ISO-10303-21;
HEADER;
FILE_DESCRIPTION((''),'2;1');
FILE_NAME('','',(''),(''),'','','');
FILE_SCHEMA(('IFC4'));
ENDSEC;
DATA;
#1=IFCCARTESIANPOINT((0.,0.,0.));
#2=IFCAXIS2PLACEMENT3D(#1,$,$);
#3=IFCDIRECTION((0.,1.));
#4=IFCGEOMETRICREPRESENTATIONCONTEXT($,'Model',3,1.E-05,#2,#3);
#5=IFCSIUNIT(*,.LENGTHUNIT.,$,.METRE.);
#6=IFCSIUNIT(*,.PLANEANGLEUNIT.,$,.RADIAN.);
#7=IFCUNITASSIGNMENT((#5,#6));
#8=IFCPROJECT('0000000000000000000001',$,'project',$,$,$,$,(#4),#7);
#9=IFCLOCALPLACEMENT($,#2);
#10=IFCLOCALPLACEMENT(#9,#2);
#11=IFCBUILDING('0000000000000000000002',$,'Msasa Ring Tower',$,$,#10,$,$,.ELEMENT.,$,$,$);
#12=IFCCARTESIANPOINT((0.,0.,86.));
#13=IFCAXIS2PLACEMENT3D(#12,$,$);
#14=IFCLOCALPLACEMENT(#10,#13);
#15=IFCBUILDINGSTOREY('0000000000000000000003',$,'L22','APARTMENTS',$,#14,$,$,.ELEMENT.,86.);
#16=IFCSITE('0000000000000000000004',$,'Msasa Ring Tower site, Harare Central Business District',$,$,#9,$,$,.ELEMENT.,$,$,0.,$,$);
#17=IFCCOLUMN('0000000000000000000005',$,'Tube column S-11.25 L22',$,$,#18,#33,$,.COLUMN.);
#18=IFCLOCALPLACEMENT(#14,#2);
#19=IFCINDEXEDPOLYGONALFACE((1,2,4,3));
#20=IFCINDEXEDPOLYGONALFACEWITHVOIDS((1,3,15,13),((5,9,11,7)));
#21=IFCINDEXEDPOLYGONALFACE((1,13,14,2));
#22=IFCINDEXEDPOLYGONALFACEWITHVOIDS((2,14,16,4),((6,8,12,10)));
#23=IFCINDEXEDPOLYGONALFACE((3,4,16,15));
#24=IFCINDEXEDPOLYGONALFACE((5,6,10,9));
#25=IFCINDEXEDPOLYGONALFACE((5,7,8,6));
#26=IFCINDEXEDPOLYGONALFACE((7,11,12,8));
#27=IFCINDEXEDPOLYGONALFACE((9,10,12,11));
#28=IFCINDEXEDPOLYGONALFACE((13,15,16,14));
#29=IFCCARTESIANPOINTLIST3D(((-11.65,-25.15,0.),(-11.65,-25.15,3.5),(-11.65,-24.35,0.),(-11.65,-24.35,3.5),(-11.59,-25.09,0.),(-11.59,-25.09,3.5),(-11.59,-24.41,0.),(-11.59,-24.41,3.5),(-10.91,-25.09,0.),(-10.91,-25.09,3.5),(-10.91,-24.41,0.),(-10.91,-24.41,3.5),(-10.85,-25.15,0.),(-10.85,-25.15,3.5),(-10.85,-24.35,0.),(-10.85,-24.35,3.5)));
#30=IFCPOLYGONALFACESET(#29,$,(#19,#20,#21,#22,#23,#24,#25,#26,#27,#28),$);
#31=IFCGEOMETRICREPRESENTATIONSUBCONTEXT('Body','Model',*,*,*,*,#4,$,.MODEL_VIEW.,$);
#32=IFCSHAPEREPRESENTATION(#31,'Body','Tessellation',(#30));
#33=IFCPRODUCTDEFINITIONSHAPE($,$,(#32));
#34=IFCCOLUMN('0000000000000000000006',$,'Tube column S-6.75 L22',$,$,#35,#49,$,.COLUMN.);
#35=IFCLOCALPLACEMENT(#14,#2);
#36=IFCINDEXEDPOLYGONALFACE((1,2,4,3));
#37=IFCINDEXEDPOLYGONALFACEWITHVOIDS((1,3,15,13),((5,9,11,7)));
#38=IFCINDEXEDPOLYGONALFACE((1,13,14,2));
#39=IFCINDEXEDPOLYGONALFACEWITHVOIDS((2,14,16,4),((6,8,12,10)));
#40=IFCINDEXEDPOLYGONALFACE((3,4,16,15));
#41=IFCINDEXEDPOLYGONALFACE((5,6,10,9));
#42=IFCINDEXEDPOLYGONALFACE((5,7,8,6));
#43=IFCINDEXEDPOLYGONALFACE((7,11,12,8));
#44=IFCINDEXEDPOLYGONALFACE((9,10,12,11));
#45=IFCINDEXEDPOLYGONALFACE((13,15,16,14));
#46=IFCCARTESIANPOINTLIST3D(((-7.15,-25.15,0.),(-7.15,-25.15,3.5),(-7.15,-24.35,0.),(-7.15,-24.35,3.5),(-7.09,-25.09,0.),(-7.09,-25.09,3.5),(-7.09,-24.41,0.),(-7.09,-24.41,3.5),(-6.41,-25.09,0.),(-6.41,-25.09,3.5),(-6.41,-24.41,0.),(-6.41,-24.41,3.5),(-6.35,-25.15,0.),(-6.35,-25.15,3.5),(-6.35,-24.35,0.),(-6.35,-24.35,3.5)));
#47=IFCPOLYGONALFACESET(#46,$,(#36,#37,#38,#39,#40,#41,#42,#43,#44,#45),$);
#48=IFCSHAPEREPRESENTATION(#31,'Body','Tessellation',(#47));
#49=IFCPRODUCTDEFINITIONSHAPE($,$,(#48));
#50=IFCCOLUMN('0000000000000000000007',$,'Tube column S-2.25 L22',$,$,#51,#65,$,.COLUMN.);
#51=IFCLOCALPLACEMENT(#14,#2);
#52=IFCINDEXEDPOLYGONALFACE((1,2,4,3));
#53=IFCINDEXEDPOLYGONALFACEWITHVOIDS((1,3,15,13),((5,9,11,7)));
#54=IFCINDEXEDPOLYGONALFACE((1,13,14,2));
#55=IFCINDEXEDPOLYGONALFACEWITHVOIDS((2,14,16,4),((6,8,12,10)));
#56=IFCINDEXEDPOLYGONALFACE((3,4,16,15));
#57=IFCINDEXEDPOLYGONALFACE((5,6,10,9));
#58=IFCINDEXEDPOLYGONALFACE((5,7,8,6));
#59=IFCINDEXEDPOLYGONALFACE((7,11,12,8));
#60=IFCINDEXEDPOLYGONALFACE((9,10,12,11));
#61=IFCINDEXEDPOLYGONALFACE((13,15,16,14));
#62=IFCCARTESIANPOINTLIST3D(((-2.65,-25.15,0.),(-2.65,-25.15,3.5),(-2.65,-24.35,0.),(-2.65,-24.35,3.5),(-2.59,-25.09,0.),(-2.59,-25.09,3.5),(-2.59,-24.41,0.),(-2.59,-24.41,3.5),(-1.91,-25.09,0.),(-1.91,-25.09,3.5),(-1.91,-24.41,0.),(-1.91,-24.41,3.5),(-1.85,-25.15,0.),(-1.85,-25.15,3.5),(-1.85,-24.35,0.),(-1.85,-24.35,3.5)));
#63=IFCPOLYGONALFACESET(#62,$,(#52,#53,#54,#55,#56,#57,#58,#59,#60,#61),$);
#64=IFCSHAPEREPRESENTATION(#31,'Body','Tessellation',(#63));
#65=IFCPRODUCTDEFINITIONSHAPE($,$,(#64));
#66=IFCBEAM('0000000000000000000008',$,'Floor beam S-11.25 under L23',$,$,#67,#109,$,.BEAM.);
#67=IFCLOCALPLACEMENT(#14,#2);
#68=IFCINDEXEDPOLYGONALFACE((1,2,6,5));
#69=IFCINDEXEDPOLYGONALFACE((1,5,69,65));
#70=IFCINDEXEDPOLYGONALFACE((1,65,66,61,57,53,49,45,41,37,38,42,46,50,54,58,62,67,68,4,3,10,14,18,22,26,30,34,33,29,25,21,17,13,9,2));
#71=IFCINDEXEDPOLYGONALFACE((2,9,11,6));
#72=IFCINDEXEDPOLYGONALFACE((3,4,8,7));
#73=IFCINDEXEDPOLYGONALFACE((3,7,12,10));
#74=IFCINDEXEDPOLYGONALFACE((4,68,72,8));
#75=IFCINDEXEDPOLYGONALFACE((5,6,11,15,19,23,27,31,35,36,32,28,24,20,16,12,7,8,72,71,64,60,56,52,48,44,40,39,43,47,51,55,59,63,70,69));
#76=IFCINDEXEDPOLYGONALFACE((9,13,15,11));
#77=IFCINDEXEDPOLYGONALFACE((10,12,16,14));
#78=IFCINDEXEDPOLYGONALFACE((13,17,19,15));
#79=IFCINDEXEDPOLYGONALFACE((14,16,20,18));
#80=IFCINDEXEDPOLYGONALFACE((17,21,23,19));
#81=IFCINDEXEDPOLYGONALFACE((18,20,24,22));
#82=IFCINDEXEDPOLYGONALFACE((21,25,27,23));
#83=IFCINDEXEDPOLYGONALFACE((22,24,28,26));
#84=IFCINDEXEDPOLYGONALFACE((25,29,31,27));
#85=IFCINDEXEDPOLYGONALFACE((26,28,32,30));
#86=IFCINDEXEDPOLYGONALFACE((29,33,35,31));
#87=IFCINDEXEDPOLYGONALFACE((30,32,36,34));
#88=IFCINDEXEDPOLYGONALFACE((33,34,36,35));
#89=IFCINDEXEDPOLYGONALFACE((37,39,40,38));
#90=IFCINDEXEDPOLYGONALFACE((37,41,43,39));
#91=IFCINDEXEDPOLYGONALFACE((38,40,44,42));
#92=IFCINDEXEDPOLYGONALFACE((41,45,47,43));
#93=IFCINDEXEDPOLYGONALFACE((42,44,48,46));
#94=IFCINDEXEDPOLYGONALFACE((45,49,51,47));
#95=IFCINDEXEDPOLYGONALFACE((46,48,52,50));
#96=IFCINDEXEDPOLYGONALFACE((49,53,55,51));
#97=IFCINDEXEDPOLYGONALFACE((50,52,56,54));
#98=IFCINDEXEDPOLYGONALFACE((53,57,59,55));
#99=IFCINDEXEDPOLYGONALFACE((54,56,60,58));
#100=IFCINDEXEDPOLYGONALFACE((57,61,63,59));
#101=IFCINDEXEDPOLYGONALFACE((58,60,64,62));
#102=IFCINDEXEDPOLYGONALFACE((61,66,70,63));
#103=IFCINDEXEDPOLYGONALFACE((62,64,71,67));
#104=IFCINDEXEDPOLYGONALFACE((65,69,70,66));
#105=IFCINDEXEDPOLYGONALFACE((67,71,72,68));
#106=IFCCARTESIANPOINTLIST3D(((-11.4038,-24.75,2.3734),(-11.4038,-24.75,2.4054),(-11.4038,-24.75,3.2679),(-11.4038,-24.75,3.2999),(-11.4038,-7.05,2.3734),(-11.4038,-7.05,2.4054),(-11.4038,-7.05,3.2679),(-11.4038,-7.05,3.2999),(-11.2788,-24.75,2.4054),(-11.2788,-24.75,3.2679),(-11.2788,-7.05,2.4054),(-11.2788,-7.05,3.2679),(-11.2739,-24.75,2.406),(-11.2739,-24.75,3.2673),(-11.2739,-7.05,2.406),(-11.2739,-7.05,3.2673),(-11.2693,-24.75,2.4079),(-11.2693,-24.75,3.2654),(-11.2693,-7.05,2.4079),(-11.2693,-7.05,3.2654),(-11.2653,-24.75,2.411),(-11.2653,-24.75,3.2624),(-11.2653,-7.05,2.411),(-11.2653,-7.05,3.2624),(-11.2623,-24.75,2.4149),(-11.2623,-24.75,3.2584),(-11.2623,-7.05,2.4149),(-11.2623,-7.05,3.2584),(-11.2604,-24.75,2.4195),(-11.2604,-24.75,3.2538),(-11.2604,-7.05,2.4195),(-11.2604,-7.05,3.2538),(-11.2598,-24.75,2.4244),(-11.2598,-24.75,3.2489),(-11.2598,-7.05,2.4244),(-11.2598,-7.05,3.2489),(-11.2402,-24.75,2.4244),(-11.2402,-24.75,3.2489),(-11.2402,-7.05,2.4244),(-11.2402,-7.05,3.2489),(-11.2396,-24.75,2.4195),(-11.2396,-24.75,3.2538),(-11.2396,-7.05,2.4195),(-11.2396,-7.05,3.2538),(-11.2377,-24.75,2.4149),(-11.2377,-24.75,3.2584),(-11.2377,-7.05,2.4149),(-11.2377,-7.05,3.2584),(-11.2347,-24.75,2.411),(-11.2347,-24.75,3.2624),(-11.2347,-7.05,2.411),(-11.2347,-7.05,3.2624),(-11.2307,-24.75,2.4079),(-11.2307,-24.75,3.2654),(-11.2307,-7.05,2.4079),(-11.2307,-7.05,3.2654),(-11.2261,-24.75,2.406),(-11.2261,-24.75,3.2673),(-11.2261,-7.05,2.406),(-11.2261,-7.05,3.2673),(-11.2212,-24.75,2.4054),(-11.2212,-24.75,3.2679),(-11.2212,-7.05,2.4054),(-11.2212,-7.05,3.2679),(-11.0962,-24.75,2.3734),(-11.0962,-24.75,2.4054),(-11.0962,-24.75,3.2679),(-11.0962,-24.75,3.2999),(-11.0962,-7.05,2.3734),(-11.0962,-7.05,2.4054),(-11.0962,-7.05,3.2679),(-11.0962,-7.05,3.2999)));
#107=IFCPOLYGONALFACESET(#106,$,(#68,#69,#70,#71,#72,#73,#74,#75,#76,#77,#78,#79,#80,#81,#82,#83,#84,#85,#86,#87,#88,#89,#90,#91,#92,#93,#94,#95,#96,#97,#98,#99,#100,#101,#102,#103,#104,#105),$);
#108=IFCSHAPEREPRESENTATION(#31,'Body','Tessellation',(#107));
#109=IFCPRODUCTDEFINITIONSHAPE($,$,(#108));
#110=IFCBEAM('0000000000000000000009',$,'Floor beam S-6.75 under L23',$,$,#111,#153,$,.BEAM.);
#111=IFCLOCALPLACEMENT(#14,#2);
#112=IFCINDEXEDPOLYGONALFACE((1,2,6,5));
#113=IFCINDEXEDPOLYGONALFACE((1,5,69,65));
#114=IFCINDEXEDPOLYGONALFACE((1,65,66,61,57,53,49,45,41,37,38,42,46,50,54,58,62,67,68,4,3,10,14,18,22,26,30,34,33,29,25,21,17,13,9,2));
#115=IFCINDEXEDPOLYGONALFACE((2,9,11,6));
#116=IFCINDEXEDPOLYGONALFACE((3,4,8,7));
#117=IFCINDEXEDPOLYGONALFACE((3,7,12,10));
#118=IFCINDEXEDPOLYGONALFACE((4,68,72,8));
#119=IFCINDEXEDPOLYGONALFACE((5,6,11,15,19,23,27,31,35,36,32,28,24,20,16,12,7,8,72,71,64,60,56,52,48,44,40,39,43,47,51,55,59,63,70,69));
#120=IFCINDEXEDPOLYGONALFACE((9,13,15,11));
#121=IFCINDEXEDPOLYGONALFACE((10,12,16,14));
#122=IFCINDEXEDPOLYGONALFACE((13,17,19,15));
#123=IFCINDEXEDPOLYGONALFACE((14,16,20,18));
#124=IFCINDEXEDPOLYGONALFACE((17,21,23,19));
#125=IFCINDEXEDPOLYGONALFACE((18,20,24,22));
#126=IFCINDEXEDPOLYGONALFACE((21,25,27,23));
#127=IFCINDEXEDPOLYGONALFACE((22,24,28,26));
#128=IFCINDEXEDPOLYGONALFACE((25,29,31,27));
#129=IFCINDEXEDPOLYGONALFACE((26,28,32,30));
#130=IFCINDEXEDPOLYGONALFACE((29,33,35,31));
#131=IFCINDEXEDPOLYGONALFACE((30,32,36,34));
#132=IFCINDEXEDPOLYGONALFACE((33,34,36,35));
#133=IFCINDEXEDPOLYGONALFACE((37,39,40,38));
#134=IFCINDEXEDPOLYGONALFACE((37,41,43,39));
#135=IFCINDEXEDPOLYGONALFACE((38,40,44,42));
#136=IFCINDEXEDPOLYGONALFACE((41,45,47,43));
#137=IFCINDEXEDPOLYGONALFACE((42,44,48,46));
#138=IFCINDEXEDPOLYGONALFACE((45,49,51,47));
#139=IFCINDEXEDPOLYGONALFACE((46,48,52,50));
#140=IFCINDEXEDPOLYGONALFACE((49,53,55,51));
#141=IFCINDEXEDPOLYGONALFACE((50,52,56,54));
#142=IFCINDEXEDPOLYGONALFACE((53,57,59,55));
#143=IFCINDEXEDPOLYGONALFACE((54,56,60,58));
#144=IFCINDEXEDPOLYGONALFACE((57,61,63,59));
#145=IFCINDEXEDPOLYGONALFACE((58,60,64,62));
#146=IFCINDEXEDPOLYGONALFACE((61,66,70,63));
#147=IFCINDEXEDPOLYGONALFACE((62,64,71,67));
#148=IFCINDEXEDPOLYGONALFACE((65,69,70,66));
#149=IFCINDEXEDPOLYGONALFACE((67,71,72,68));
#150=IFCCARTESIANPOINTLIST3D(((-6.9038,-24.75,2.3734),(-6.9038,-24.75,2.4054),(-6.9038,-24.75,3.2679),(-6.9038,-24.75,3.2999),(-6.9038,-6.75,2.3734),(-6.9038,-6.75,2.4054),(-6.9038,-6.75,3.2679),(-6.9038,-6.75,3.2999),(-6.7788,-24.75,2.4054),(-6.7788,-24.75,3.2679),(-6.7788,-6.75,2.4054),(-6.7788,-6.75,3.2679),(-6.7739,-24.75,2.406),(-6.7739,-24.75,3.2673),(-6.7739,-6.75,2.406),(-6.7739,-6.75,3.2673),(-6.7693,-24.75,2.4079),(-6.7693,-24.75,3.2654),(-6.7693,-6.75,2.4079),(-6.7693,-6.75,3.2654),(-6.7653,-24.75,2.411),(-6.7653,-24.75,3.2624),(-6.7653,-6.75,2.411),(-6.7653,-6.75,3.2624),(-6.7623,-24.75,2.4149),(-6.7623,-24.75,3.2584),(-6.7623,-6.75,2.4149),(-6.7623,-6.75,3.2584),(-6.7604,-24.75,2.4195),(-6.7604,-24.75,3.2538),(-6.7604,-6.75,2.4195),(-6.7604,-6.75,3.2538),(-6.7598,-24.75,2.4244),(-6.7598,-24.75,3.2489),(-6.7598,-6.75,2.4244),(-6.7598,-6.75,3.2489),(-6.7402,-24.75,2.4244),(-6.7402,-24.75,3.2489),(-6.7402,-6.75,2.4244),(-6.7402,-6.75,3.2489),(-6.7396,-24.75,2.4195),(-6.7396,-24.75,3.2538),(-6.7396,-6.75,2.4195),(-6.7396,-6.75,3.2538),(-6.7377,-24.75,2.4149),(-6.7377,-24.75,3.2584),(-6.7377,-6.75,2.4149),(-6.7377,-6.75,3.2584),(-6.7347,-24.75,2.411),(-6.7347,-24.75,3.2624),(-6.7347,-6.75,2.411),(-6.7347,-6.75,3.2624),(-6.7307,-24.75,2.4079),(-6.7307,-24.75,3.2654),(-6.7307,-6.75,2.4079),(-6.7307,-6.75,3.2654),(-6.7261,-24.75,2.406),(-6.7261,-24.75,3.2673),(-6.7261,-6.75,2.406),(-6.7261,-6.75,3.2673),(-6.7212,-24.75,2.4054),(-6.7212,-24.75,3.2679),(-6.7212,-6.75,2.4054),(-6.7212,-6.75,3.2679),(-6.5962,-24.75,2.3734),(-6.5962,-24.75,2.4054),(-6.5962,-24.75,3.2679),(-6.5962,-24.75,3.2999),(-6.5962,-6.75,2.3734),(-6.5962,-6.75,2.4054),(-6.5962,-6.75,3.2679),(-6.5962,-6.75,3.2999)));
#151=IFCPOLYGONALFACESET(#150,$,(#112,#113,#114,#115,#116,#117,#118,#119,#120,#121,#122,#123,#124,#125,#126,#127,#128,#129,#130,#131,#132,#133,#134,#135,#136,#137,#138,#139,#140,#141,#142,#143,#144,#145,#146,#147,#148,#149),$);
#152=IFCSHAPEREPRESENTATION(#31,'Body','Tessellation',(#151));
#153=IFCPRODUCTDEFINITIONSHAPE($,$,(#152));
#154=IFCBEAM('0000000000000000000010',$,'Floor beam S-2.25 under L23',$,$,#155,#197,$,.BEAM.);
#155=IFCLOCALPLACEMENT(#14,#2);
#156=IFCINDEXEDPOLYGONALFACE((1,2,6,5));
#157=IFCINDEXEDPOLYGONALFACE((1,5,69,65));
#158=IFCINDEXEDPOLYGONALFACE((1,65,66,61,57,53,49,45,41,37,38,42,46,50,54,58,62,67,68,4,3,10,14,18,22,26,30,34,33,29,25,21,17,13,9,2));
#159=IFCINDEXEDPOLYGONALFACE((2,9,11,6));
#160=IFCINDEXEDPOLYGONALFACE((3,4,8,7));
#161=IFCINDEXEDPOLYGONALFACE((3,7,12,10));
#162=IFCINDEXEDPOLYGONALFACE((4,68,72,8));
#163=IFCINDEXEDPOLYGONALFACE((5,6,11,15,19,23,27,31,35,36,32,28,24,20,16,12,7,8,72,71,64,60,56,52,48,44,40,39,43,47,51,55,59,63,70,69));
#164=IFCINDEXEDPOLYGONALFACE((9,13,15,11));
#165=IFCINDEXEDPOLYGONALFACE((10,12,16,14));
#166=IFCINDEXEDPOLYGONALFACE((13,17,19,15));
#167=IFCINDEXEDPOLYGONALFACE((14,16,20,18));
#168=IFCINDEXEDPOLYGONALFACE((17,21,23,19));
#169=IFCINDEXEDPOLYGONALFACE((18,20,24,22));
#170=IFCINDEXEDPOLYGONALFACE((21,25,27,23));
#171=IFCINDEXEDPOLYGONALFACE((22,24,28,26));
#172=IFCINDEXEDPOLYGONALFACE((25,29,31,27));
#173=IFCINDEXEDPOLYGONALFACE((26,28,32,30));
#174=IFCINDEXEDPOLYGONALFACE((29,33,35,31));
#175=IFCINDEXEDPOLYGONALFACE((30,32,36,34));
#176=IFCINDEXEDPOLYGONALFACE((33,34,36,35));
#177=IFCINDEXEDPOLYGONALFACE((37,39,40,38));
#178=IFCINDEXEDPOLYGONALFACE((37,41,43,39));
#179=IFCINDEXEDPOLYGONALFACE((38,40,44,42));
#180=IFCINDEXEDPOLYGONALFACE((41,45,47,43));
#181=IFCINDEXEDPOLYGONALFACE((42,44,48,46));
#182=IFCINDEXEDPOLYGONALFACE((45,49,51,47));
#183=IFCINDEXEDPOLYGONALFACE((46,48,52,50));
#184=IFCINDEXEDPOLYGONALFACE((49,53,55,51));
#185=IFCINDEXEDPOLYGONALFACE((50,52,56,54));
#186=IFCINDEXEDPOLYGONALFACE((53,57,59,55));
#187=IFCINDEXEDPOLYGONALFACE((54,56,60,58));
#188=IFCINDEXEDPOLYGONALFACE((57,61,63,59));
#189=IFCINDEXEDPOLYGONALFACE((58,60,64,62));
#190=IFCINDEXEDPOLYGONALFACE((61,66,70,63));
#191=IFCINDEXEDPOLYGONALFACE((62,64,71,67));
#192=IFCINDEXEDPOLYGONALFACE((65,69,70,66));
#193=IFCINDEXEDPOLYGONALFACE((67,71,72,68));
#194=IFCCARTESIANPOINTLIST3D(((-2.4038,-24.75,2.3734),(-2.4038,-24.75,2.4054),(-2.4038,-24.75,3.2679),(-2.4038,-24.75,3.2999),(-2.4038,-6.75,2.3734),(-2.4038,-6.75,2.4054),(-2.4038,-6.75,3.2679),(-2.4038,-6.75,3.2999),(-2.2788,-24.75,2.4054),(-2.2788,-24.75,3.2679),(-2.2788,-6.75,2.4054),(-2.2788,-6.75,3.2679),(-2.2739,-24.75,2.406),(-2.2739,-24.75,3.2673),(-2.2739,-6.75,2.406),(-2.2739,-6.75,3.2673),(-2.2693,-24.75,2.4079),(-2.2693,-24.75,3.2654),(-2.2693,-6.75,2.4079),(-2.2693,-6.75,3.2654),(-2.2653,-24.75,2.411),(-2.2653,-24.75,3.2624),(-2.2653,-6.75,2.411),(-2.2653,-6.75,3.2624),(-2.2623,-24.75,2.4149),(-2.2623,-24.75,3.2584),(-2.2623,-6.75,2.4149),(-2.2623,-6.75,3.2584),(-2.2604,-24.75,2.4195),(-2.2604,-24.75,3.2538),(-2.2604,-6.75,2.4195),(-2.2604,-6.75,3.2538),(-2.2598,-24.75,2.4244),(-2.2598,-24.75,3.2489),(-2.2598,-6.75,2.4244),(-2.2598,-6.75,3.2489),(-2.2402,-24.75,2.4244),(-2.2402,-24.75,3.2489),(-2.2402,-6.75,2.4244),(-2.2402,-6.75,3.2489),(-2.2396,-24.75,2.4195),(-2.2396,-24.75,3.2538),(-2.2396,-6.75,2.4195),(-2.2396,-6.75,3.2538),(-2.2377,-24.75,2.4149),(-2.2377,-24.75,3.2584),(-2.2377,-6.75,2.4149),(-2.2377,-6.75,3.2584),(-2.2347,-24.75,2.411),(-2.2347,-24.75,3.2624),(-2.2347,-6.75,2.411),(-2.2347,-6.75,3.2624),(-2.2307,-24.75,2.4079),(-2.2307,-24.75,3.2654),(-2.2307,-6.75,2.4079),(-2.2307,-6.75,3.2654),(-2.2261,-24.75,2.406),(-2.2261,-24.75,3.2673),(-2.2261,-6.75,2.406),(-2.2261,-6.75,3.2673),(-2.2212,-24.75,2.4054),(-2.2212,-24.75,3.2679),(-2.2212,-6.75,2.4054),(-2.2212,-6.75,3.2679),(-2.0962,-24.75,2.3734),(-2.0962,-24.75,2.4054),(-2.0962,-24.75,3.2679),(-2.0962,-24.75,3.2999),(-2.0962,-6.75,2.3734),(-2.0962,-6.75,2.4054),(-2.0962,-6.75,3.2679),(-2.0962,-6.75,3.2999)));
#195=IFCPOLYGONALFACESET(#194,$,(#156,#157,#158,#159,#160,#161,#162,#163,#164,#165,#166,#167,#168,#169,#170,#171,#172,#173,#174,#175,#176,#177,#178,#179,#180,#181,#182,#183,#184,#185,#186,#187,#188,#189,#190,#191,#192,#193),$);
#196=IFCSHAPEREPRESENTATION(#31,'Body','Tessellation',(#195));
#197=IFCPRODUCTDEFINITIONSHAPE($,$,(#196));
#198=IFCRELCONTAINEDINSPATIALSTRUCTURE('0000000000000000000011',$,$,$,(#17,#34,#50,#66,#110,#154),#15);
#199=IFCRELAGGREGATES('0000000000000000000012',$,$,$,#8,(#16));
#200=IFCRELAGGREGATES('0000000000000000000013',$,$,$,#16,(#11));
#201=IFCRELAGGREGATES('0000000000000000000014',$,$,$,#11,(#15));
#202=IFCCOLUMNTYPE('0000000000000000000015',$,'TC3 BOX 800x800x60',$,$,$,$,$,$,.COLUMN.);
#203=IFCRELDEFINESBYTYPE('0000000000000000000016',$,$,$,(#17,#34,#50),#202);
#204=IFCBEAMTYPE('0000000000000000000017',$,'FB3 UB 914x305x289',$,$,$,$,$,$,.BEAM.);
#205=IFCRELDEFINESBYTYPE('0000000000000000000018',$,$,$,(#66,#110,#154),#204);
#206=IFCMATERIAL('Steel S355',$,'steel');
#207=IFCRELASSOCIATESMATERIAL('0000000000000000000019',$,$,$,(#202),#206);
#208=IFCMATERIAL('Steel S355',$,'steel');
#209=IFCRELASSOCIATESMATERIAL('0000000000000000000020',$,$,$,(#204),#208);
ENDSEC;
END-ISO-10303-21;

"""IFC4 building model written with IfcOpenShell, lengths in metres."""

from ifc_helpers import new_model, si_unit, direction, frame, origin, origin_2d, place, context, subcontext, project, spatial, hollow_rectangle, i_section, extrude, material, material_profile, profile_set, type_object, element, save


model = new_model("IFC4")

# Units and contexts
model_context = context("Model", 3, precision=1e-05, world=origin(), true_north=direction((0.0, 1.0)))
body_context = subcontext(model_context, "Body", "Model", "MODEL_VIEW")
ifc_project = project(units=[si_unit("LENGTHUNIT", "METRE"), si_unit("PLANEANGLEUNIT", "RADIAN")], contexts=[model_context])

# Site, building, storey
site_placement = place(None, origin())
site = spatial("IfcSite", under=ifc_project, at=site_placement, Name="Msasa Ring Tower site, Harare Central Business District", CompositionType="ELEMENT", RefElevation=0.0)
building_placement = place(site_placement, origin())
building = spatial("IfcBuilding", under=site, at=building_placement, Name="Msasa Ring Tower", CompositionType="ELEMENT")
storey_placement = place(building_placement, frame((0.0, 0.0, 86.0)))
storey = spatial("IfcBuildingStorey", under=building, at=storey_placement, Name="L22", Description="APARTMENTS", CompositionType="ELEMENT", Elevation=86.0)

# Columns
ifc_material_1 = material(Name="Steel S355", Category="steel")
ifc_material_profile_1 = material_profile(ifc_material_1, hollow_rectangle(XDim=0.8, YDim=0.8, WallThickness=0.0601, at=origin_2d()), Name="BOX 800x800x60")
ifc_profile_set_1 = profile_set([ifc_material_profile_1], Name="Steel S355")
column_type = type_object("IfcColumnType", Name="TC3 BOX 800x800x60", PredefinedType="COLUMN", material=ifc_profile_set_1)
for number, where, z_axis, x_axis, name in (
    (1, (-11.25, -24.75, 0.0), (0.0, 0.0, 1.0), (0.0, 1.0, 0.0), "Tube column S-11.25 L22"),
    (2, (-6.75, -24.75, 0.0), (0.0, 0.0, 1.0), (0.0, 1.0, 0.0), "Tube column S-6.75 L22"),
    (3, (-2.25, -24.75, 0.0), (0.0, 0.0, 1.0), (0.0, 1.0, 0.0), "Tube column S-2.25 L22"),
):
    element("IfcColumn", number, at=place(storey_placement, frame(where, z_axis=z_axis, x_axis=x_axis)), inside=storey, type_object=column_type, Name=name, PredefinedType="COLUMN", context=body_context, shape_type="SweptSolid", body=[
        extrude(hollow_rectangle(XDim=0.8, YDim=0.8, WallThickness=0.0601, at=origin_2d()), origin(), (0.0, 0.0, 1.0), 3.5),
    ])

# Beams
ifc_material_2 = material(Name="Steel S355", Category="steel")
ifc_material_profile_2 = material_profile(ifc_material_2, i_section(OverallWidth=0.3076, OverallDepth=0.9265, WebThickness=0.0195, FlangeThickness=0.032, FilletRadius=0.019, at=origin_2d()), Name="UB 914x305x289")
ifc_profile_set_2 = profile_set([ifc_material_profile_2], Name="Steel S355")
beam_type_1 = type_object("IfcBeamType", Name="FB3 UB 914x305x289", PredefinedType="BEAM", material=ifc_profile_set_2)
beam_placement = place(storey_placement, frame((-11.25, -24.75, 2.8367), z_axis=(0.0, 1.0, 0.0), x_axis=(-1.0, 0.0, 0.0)))
element("IfcBeam", 4, at=beam_placement, inside=storey, type_object=beam_type_1, Name="Floor beam S-11.25 under L23", PredefinedType="BEAM", context=body_context, shape_type="SweptSolid", body=[
    extrude(i_section(OverallWidth=0.3076, OverallDepth=0.9265, WebThickness=0.0195, FlangeThickness=0.032, FilletRadius=0.019, at=origin_2d()), origin(), (0.0, 0.0, 1.0), 17.7),
])
for number, where, z_axis, x_axis, name in (
    (5, (-6.75, -24.75, 2.8367), (0.0, 1.0, 0.0), (-1.0, 0.0, 0.0), "Floor beam S-6.75 under L23"),
    (6, (-2.25, -24.75, 2.8367), (0.0, 1.0, 0.0), (-1.0, 0.0, 0.0), "Floor beam S-2.25 under L23"),
):
    element("IfcBeam", number, at=place(storey_placement, frame(where, z_axis=z_axis, x_axis=x_axis)), inside=storey, type_object=beam_type_1, Name=name, PredefinedType="BEAM", context=body_context, shape_type="SweptSolid", body=[
        extrude(i_section(OverallWidth=0.3076, OverallDepth=0.9265, WebThickness=0.0195, FlangeThickness=0.032, FilletRadius=0.019, at=origin_2d()), origin(), (0.0, 0.0, 1.0), 18.0),
    ])

save(model, "model.ifc")
